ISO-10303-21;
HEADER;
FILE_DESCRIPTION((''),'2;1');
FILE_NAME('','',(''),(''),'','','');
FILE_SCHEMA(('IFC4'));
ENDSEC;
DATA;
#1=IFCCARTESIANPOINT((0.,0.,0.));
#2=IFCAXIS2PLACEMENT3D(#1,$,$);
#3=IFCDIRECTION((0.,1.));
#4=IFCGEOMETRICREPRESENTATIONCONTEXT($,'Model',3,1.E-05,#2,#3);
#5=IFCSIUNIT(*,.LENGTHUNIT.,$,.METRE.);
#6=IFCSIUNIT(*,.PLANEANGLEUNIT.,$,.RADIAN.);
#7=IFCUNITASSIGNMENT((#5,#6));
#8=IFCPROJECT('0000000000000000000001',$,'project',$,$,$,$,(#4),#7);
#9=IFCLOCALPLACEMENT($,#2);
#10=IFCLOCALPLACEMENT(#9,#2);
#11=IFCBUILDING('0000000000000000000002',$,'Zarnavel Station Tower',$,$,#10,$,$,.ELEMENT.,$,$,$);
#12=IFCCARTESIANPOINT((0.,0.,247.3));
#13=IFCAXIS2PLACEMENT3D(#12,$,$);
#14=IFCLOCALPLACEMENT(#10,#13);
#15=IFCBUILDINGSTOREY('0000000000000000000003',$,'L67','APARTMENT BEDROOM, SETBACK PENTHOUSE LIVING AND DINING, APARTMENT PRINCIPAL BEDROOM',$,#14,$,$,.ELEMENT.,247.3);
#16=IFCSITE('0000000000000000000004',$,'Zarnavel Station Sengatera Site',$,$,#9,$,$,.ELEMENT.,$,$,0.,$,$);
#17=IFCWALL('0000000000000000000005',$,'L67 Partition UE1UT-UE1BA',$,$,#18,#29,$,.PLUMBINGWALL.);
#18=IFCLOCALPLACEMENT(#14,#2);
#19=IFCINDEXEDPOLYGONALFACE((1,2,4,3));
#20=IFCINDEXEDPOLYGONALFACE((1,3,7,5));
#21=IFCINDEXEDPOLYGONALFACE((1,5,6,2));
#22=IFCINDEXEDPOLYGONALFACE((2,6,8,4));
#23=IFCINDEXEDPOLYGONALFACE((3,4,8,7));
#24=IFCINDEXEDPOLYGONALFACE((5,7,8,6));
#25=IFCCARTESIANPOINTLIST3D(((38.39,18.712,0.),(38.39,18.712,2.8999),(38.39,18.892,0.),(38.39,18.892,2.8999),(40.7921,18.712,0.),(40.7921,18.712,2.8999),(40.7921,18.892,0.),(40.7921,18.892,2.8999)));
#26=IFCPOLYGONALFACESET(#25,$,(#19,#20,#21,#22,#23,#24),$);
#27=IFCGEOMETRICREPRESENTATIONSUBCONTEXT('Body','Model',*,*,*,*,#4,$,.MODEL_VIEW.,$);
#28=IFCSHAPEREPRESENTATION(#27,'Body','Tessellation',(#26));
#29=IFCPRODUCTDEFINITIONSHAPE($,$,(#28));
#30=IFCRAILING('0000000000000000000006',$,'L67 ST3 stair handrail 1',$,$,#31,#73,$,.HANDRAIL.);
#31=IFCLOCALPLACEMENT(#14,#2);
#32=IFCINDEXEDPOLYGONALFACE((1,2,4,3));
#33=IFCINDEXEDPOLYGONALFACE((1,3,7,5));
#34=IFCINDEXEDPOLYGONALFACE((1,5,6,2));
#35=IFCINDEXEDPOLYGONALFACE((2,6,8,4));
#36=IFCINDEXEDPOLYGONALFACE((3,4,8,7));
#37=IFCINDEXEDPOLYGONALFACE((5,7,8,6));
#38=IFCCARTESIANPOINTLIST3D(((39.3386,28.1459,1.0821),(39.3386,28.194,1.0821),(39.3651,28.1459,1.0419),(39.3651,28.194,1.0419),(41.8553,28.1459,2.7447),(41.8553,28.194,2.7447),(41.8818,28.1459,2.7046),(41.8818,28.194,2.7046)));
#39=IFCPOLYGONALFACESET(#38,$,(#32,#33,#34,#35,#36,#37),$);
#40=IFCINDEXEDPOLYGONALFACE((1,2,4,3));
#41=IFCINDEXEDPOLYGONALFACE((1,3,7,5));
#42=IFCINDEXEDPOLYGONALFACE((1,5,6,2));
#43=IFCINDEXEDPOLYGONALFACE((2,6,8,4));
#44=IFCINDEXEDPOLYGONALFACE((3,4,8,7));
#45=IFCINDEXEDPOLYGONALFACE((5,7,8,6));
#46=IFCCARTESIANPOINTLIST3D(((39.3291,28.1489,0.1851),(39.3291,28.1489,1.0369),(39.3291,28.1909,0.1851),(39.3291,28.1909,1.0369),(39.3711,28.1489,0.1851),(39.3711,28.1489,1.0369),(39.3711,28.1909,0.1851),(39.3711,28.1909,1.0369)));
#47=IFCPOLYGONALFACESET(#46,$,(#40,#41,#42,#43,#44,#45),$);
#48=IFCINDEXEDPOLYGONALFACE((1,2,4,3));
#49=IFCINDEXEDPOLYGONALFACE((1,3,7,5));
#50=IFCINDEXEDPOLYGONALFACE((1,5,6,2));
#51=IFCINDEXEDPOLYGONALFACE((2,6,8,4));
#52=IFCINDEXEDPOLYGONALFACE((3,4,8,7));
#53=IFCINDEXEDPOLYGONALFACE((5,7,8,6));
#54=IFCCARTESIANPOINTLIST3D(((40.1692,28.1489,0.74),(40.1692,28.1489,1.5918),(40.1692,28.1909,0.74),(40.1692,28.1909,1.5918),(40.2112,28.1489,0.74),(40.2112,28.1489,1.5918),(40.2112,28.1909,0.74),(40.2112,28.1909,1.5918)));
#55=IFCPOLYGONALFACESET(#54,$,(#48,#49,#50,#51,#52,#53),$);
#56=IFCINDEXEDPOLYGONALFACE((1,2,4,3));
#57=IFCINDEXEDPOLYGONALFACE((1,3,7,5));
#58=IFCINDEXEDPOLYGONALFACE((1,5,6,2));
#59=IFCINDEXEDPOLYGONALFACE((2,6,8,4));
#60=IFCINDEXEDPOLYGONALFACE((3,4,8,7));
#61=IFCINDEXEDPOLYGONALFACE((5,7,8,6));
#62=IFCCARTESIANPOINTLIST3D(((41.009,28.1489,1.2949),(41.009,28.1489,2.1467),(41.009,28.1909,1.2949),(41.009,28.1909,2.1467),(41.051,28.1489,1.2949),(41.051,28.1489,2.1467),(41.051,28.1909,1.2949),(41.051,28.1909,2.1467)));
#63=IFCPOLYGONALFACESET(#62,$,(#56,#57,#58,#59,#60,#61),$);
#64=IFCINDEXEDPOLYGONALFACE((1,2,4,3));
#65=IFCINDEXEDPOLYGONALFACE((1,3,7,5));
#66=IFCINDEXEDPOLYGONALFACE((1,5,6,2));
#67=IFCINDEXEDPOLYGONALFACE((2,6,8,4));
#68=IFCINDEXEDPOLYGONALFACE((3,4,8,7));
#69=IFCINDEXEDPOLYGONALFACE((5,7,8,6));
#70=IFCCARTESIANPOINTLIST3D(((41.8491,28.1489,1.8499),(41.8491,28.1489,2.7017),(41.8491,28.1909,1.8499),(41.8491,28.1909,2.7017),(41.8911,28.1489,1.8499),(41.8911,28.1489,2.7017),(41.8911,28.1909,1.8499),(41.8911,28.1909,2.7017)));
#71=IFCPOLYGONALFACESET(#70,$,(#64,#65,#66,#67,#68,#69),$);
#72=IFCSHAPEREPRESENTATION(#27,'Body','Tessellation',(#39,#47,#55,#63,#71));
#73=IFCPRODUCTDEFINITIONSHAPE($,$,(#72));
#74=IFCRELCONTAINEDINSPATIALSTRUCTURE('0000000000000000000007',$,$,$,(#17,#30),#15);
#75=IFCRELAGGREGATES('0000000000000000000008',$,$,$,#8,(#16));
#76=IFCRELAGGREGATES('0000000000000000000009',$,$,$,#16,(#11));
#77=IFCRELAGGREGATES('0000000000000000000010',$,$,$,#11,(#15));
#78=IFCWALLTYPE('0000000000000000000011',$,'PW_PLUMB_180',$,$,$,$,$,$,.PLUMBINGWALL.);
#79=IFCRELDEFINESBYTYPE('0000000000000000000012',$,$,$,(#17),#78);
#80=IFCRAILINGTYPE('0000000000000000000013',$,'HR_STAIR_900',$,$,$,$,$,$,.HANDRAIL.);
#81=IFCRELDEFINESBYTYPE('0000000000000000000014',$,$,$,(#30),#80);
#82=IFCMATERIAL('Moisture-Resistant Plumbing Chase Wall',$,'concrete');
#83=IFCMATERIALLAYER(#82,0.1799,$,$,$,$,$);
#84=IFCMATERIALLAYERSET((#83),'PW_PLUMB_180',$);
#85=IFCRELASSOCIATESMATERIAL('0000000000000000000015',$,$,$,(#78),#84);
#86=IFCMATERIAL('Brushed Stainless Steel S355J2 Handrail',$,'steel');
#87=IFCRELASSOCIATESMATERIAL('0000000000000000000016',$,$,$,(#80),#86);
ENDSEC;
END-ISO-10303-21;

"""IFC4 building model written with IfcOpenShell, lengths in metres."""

from ifc_helpers import new_model, si_unit, direction, frame, frame_2d, origin, origin_2d, place, context, subcontext, project, spatial, rectangle, extrude, material, layer, layer_set, type_object, element, save


model = new_model("IFC4")

# Units and contexts
model_context = context("Model", 3, precision=1e-05, world=origin(), true_north=direction((0.0, 1.0)))
body_context = subcontext(model_context, "Body", "Model", "MODEL_VIEW")
ifc_project = project(units=[si_unit("LENGTHUNIT", "METRE"), si_unit("PLANEANGLEUNIT", "RADIAN")], contexts=[model_context])

# Site, building, storey
site_placement = place(None, origin())
site = spatial("IfcSite", under=ifc_project, at=site_placement, Name="Zarnavel Station Sengatera Site", CompositionType="ELEMENT", RefElevation=0.0)
building_placement = place(site_placement, origin())
building = spatial("IfcBuilding", under=site, at=building_placement, Name="Zarnavel Station Tower", CompositionType="ELEMENT")
storey_placement = place(building_placement, frame((0.0, 0.0, 247.3)))
storey = spatial("IfcBuildingStorey", under=building, at=storey_placement, Name="L67", Description="APARTMENT BEDROOM, SETBACK PENTHOUSE LIVING AND DINING, APARTMENT PRINCIPAL BEDROOM", CompositionType="ELEMENT", Elevation=247.3)

# Wall
ifc_material_1 = material(Name="Moisture-Resistant Plumbing Chase Wall", Category="concrete")
ifc_layer_1 = layer(ifc_material_1, 0.1799)
ifc_layer_set_1 = layer_set([ifc_layer_1], Name="PW_PLUMB_180")
wall_type_1 = type_object("IfcWallType", Name="PW_PLUMB_180", PredefinedType="PLUMBINGWALL", material=ifc_layer_set_1)
wall_1_placement = place(storey_placement, frame((38.3899, 18.802, 0.0), z_axis=(0.0, 0.0, 1.0), x_axis=(1.0, 0.0, 0.0)))
element("IfcWall", 1, at=wall_1_placement, inside=storey, type_object=wall_type_1, Name="L67 Partition UE1UT-UE1BA", PredefinedType="PLUMBINGWALL", context=body_context, shape_type="SweptSolid", body=[
    extrude(rectangle(XDim=2.4021, YDim=0.1799, at=frame_2d((1.2012, 0.0))), origin(), (0.0, 0.0, 1.0), 2.8999),
])

# Railing
ifc_material_2 = material(Name="Brushed Stainless Steel S355J2 Handrail", Category="steel")
railing_type = type_object("IfcRailingType", Name="HR_STAIR_900", PredefinedType="HANDRAIL", material=ifc_material_2)
railing_placement = place(storey_placement, frame((39.3501, 28.1699, 0.1851)))
element("IfcRailing", 2, at=railing_placement, inside=storey, type_object=railing_type, Name="L67 ST3 stair handrail 1", PredefinedType="HANDRAIL", context=body_context, shape_type="SweptSolid", body=[
    extrude(rectangle(XDim=0.0481, YDim=0.0481, at=origin_2d()), frame((0.0017, 0.0, 0.877), z_axis=(0.834369, 0.0, 0.551207), x_axis=(0.0, 1.0, 0.0)), (0.0, 0.0, 1.0), 3.0164),
    extrude(rectangle(XDim=0.042, YDim=0.042, at=origin_2d()), origin(), (0.0, 0.0, 1.0), 0.8518),
    extrude(rectangle(XDim=0.042, YDim=0.042, at=origin_2d()), frame((0.8401, 0.0, 0.5549)), (0.0, 0.0, 1.0), 0.8518),
    extrude(rectangle(XDim=0.042, YDim=0.042, at=origin_2d()), frame((1.6799, 0.0, 1.1099)), (0.0, 0.0, 1.0), 0.8518),
    extrude(rectangle(XDim=0.042, YDim=0.042, at=origin_2d()), frame((2.52, 0.0, 1.6648)), (0.0, 0.0, 1.0), 0.8518),
])

save(model, "model.ifc")
